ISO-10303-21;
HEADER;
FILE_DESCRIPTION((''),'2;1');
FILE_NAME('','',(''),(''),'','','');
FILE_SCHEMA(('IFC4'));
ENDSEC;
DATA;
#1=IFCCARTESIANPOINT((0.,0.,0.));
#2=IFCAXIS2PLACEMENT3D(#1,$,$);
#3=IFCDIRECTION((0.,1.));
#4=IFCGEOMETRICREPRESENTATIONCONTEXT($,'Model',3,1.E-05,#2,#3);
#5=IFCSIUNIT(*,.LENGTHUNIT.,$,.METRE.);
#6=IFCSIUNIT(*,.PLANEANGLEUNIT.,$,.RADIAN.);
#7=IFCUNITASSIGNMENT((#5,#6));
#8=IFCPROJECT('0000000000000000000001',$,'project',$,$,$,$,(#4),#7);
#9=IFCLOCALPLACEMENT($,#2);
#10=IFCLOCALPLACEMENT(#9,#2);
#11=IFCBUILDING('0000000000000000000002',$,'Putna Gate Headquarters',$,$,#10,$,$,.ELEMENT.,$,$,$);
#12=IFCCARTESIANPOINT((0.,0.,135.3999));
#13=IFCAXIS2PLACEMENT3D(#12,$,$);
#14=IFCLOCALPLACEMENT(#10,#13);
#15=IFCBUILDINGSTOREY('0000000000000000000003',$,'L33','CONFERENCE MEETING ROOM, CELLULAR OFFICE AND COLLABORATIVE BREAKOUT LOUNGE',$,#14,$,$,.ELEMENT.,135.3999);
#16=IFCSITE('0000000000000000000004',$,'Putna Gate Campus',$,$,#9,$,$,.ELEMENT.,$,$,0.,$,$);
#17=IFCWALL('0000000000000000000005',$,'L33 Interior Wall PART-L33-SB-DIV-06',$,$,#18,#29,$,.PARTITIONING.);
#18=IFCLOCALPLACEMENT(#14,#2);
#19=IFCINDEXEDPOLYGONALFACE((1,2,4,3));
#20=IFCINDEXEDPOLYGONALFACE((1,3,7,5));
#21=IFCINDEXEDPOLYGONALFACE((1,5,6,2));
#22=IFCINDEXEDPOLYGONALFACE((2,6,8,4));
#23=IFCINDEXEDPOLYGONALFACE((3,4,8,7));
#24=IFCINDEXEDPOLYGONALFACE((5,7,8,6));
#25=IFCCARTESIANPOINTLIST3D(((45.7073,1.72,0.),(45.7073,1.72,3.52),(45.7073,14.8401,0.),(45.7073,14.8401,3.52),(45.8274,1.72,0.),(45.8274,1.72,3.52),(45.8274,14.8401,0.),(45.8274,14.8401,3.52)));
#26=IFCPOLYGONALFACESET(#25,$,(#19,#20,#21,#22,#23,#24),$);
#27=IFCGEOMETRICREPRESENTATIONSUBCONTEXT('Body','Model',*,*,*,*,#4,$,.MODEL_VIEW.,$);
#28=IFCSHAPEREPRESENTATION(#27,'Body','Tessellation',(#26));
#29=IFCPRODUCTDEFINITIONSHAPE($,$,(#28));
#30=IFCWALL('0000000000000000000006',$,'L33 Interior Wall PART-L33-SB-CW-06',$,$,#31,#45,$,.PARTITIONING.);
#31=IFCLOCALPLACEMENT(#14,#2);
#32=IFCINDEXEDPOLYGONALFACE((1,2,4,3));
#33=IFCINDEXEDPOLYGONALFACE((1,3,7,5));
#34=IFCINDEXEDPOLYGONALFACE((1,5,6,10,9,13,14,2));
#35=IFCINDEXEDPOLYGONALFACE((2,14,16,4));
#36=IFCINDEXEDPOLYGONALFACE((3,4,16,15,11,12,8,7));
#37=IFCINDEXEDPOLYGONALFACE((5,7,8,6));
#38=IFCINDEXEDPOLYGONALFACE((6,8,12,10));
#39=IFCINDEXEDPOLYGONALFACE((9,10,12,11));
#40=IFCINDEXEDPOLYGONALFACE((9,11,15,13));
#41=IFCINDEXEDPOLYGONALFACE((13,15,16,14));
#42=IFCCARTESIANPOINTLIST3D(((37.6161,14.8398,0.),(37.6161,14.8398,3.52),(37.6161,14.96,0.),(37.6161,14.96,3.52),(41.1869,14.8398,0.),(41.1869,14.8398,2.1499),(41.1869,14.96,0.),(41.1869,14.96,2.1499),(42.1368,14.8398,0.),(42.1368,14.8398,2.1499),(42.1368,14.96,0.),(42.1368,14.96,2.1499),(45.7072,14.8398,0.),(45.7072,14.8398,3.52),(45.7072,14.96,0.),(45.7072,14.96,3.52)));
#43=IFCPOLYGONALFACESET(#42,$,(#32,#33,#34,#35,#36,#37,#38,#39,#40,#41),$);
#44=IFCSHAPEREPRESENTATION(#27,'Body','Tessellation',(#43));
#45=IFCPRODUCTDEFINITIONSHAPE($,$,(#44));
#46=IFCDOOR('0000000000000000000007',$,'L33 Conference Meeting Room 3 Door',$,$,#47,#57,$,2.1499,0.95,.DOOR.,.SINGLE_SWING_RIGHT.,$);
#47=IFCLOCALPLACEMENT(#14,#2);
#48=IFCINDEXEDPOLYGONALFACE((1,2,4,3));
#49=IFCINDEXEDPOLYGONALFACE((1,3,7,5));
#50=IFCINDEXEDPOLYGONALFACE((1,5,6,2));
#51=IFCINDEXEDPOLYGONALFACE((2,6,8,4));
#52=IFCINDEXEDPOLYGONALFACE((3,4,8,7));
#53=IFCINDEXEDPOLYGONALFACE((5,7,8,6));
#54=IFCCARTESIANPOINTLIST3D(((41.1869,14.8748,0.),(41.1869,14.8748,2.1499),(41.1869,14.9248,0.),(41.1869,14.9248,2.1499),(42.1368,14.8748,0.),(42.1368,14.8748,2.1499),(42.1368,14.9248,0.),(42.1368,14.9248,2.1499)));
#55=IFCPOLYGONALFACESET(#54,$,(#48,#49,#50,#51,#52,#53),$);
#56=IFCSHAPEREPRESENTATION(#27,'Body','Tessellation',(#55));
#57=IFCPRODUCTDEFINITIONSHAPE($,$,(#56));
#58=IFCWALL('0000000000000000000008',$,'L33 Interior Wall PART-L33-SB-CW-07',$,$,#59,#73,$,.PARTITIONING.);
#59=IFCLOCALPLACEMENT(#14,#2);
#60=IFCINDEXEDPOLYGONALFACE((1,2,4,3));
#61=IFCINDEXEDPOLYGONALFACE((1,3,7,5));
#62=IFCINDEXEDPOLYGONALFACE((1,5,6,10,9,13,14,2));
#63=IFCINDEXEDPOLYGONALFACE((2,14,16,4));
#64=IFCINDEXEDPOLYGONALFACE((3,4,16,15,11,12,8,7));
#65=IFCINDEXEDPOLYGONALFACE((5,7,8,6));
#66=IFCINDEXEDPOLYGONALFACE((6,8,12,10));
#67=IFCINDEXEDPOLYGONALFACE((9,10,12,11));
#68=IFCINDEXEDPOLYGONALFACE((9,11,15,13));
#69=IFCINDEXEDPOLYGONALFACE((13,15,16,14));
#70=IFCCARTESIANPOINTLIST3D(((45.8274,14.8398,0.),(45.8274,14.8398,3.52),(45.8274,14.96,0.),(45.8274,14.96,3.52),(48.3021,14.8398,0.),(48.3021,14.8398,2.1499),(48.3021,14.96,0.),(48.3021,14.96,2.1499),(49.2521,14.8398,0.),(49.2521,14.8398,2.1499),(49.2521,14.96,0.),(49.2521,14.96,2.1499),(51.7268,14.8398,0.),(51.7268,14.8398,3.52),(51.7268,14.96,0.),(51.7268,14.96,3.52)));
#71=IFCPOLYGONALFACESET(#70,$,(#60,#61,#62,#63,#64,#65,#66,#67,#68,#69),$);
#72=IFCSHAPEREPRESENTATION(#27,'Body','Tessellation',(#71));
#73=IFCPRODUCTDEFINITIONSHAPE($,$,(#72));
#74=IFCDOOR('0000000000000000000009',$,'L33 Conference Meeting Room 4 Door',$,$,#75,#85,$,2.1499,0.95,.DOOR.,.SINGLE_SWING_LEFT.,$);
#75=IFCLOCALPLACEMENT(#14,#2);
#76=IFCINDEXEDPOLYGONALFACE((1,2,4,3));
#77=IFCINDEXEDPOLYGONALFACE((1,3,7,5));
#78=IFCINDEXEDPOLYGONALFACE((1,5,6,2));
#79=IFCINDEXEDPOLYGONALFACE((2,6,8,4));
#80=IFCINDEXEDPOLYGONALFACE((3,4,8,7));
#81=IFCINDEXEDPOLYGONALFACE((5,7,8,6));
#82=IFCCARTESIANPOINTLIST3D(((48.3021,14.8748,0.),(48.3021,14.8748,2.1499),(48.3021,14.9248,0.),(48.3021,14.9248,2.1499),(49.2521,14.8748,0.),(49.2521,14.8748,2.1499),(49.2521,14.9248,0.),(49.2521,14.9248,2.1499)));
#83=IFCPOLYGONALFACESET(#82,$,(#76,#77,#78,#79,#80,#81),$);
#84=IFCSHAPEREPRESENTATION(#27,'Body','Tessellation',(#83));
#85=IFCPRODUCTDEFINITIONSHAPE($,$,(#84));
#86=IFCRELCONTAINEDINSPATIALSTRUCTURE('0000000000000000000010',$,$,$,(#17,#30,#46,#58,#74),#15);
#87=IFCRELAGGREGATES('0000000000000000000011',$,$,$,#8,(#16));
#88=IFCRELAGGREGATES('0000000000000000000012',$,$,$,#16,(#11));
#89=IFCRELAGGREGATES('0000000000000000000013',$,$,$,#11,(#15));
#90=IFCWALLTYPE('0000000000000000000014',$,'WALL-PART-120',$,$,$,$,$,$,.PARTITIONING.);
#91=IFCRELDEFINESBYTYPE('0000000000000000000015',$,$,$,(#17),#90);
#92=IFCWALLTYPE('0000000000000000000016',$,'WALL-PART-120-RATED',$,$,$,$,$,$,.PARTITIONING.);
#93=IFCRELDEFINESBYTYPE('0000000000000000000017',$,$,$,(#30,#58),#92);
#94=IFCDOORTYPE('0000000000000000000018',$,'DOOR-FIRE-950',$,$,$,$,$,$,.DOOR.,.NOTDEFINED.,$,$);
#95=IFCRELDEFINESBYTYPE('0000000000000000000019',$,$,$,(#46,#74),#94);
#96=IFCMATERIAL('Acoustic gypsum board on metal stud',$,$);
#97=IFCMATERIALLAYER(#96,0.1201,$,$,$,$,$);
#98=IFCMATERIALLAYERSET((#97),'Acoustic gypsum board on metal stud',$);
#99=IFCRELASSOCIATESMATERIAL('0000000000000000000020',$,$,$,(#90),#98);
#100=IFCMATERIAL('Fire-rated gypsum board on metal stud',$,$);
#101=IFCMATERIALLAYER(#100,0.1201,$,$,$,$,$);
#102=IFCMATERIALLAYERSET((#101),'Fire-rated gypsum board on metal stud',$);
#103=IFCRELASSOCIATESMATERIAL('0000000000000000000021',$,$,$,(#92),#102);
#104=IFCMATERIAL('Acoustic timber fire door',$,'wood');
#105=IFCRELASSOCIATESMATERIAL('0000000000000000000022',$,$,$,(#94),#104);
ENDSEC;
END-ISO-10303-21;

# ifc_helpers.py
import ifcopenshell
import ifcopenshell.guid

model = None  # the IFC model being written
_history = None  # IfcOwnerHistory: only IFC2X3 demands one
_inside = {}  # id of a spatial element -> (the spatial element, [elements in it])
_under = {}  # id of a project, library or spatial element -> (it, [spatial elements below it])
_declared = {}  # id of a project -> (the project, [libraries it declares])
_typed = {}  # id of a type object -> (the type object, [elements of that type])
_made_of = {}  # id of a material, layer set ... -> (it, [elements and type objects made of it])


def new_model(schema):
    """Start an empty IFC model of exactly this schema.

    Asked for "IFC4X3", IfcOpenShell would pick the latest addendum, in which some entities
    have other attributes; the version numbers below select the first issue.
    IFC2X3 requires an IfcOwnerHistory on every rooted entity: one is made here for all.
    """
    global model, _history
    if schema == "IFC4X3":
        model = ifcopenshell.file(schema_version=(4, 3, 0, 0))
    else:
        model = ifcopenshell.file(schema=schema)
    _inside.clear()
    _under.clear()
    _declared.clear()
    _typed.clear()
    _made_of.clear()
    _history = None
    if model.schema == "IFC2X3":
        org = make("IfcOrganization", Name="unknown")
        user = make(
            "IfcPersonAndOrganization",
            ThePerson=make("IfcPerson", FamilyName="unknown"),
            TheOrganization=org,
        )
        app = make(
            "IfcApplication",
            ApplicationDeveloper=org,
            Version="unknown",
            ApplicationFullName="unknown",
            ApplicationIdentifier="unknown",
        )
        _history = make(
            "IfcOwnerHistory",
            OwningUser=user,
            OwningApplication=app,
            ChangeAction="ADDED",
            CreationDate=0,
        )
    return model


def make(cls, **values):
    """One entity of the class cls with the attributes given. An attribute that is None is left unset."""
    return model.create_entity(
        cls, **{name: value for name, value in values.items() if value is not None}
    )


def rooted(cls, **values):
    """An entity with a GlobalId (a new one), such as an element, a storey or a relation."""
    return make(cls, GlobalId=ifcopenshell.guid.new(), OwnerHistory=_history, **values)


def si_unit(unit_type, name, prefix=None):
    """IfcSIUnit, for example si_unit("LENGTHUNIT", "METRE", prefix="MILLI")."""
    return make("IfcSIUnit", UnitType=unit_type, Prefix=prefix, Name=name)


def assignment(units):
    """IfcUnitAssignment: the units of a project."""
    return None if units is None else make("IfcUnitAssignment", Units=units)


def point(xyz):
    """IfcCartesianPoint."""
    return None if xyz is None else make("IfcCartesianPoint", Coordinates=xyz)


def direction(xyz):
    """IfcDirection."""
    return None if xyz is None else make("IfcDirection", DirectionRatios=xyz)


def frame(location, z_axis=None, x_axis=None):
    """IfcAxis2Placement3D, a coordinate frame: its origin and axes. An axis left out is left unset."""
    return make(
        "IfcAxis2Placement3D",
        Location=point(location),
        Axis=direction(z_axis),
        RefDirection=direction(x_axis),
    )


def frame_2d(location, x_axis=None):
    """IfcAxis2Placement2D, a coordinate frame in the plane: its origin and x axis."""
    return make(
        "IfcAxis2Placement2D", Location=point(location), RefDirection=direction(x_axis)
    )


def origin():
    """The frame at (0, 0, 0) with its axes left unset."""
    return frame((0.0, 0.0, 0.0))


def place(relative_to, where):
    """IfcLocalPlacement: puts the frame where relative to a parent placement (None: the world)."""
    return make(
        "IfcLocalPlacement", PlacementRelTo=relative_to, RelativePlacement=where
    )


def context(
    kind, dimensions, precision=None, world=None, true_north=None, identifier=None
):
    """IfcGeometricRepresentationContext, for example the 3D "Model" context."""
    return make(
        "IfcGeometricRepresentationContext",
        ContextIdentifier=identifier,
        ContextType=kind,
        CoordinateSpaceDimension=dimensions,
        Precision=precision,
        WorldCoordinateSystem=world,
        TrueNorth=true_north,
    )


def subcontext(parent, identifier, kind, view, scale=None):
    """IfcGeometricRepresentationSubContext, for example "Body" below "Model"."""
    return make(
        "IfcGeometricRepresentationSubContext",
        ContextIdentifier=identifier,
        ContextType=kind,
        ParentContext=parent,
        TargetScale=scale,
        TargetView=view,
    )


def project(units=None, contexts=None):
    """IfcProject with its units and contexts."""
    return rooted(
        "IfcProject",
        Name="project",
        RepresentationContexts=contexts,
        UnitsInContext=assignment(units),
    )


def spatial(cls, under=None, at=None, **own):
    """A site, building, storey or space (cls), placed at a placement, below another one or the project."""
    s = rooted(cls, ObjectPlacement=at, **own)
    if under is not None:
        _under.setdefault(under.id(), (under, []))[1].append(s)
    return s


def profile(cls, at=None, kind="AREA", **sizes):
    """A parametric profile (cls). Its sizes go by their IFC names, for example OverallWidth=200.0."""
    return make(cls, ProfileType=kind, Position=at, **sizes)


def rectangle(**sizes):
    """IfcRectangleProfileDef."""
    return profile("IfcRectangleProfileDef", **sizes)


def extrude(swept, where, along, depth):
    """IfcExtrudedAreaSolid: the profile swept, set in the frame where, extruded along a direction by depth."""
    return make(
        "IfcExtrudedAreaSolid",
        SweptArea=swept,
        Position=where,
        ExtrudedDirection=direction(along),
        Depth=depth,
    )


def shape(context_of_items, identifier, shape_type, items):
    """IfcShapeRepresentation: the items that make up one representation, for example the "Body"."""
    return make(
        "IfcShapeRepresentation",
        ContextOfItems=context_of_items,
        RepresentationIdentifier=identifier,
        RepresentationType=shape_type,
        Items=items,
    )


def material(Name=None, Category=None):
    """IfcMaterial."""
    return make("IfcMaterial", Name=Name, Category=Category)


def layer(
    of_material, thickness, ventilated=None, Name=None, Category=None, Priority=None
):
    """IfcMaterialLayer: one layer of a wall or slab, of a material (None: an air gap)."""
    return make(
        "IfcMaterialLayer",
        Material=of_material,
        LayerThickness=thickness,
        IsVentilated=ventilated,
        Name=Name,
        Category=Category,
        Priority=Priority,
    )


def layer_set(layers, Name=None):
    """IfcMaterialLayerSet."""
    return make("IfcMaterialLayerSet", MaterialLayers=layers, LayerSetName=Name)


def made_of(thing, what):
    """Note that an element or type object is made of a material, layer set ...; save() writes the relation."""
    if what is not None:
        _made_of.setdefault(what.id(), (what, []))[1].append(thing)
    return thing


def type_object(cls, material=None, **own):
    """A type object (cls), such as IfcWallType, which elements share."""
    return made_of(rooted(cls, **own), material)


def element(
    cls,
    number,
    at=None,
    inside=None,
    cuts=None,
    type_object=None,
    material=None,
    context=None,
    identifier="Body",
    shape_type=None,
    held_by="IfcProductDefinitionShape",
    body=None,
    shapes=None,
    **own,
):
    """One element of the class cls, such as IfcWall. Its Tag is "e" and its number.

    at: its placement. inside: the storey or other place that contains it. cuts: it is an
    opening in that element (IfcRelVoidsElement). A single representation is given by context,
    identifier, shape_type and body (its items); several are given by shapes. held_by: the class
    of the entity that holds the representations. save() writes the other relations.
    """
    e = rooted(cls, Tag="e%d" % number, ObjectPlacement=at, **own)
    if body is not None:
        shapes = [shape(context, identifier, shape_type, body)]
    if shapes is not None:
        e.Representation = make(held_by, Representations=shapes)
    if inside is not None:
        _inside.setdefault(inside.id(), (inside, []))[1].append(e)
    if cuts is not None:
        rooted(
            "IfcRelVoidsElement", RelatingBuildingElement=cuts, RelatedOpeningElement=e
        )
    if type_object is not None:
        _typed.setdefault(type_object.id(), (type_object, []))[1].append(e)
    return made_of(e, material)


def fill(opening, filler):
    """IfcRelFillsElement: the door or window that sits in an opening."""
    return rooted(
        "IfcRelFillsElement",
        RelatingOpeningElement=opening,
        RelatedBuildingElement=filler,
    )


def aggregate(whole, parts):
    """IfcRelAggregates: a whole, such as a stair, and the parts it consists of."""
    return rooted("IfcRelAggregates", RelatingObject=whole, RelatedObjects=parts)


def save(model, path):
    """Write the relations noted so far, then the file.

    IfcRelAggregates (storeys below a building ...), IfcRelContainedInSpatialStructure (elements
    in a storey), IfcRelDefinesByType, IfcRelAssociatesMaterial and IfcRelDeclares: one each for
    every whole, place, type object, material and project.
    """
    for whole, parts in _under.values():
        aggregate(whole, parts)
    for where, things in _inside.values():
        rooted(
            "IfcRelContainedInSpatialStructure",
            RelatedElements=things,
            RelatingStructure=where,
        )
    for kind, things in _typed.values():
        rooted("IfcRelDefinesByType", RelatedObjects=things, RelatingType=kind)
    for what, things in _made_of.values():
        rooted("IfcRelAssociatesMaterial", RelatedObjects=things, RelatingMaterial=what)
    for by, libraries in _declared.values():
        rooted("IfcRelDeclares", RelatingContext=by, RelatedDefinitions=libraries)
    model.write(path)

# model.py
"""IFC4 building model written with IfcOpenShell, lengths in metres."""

from ifc_helpers import new_model, si_unit, direction, frame, frame_2d, origin, place, context, subcontext, project, spatial, rectangle, extrude, material, layer, layer_set, type_object, element, fill, save


model = new_model("IFC4")

# Units and contexts
model_context = context("Model", 3, precision=1e-05, world=origin(), true_north=direction((0.0, 1.0)))
body_context = subcontext(model_context, "Body", "Model", "MODEL_VIEW")
ifc_project = project(units=[si_unit("LENGTHUNIT", "METRE"), si_unit("PLANEANGLEUNIT", "RADIAN")], contexts=[model_context])

# Site, building, storey
site_placement = place(None, origin())
site = spatial("IfcSite", under=ifc_project, at=site_placement, Name="Putna Gate Campus", CompositionType="ELEMENT", RefElevation=0.0)
building_placement = place(site_placement, origin())
building = spatial("IfcBuilding", under=site, at=building_placement, Name="Putna Gate Headquarters", CompositionType="ELEMENT")
storey_placement = place(building_placement, frame((0.0, 0.0, 135.3999)))
storey = spatial("IfcBuildingStorey", under=building, at=storey_placement, Name="L33", Description="CONFERENCE MEETING ROOM, CELLULAR OFFICE AND COLLABORATIVE BREAKOUT LOUNGE", CompositionType="ELEMENT", Elevation=135.3999)

# Wall
ifc_material_1 = material(Name="Acoustic gypsum board on metal stud")
ifc_layer_1 = layer(ifc_material_1, 0.1201)
ifc_layer_set_1 = layer_set([ifc_layer_1], Name="Acoustic gypsum board on metal stud")
wall_type_1 = type_object("IfcWallType", Name="WALL-PART-120", PredefinedType="PARTITIONING", material=ifc_layer_set_1)
for number, where, z_axis, x_axis, name in (
    (1, (45.7673, 1.72, 0.0), (0.0, 0.0, 1.0), (0.0, 1.0, 0.0), "L33 Interior Wall PART-L33-SB-DIV-06"),
):
    element("IfcWall", number, at=place(storey_placement, frame(where, z_axis=z_axis, x_axis=x_axis)), inside=storey, type_object=wall_type_1, Name=name, PredefinedType="PARTITIONING", context=body_context, shape_type="SweptSolid", body=[
        extrude(rectangle(XDim=13.1201, YDim=0.1201, at=frame_2d((6.5601, 0.0))), origin(), (0.0, 0.0, 1.0), 3.52),
    ])

# Walls, openings, doors
ifc_material_2 = material(Name="Fire-rated gypsum board on metal stud")
ifc_layer_2 = layer(ifc_material_2, 0.1201)
ifc_layer_set_2 = layer_set([ifc_layer_2], Name="Fire-rated gypsum board on metal stud")
wall_type_2 = type_object("IfcWallType", Name="WALL-PART-120-RATED", PredefinedType="PARTITIONING", material=ifc_layer_set_2)
wall_1_placement = place(storey_placement, frame((37.6162, 14.8999, 0.0), z_axis=(0.0, 0.0, 1.0), x_axis=(1.0, 0.0, 0.0)))
wall_1 = element("IfcWall", 2, at=wall_1_placement, inside=storey, type_object=wall_type_2, Name="L33 Interior Wall PART-L33-SB-CW-06", PredefinedType="PARTITIONING", context=body_context, shape_type="SweptSolid", body=[
    extrude(rectangle(XDim=8.0911, YDim=0.1201, at=frame_2d((4.0454, 0.0))), origin(), (0.0, 0.0, 1.0), 3.52),
])
opening_1_placement = place(wall_1_placement, frame((3.5706, 0.0, 0.0)))
opening_1 = element("IfcOpeningElement", 3, at=opening_1_placement, cuts=wall_1, PredefinedType="OPENING", context=body_context, shape_type="SweptSolid", body=[
    extrude(rectangle(XDim=0.95, YDim=2.1499, at=frame_2d((0.4751, 1.075))), frame((0.0, 0.0701, 0.0), z_axis=(0.0, -1.0, 0.0), x_axis=(1.0, 0.0, 0.0)), (0.0, 0.0, 1.0), 0.1401),
])
ifc_material_3 = material(Name="Acoustic timber fire door", Category="wood")
door_type = type_object("IfcDoorType", Name="DOOR-FIRE-950", OperationType="NOTDEFINED", PredefinedType="DOOR", material=ifc_material_3)
door_1_placement = place(opening_1_placement, origin())
door_1 = element("IfcDoor", 4, at=door_1_placement, inside=storey, type_object=door_type, Name="L33 Conference Meeting Room 3 Door", OperationType="SINGLE_SWING_RIGHT", OverallHeight=2.1499, OverallWidth=0.95, PredefinedType="DOOR", context=body_context, shape_type="SweptSolid", body=[
    extrude(rectangle(XDim=0.95, YDim=2.1499, at=frame_2d((0.4751, 1.075))), frame((0.0, 0.0249, 0.0), z_axis=(0.0, -1.0, 0.0), x_axis=(1.0, 0.0, 0.0)), (0.0, 0.0, 1.0), 0.05),
])
fill(opening_1, door_1)
wall_2_placement = place(storey_placement, frame((45.8274, 14.8999, 0.0), z_axis=(0.0, 0.0, 1.0), x_axis=(1.0, 0.0, 0.0)))
wall_2 = element("IfcWall", 5, at=wall_2_placement, inside=storey, type_object=wall_type_2, Name="L33 Interior Wall PART-L33-SB-CW-07", PredefinedType="PARTITIONING", context=body_context, shape_type="SweptSolid", body=[
    extrude(rectangle(XDim=5.8994, YDim=0.1201, at=frame_2d((2.9497, 0.0))), origin(), (0.0, 0.0, 1.0), 3.52),
])
opening_2_placement = place(wall_2_placement, frame((2.4746, 0.0, 0.0)))
opening_2 = element("IfcOpeningElement", 6, at=opening_2_placement, cuts=wall_2, PredefinedType="OPENING", context=body_context, shape_type="SweptSolid", body=[
    extrude(rectangle(XDim=0.95, YDim=2.1499, at=frame_2d((0.4751, 1.075))), frame((0.0, 0.0701, 0.0), z_axis=(0.0, -1.0, 0.0), x_axis=(1.0, 0.0, 0.0)), (0.0, 0.0, 1.0), 0.1401),
])
door_2_placement = place(opening_2_placement, origin())
door_2 = element("IfcDoor", 7, at=door_2_placement, inside=storey, type_object=door_type, Name="L33 Conference Meeting Room 4 Door", OperationType="SINGLE_SWING_LEFT", OverallHeight=2.1499, OverallWidth=0.95, PredefinedType="DOOR", context=body_context, shape_type="SweptSolid", body=[
    extrude(rectangle(XDim=0.95, YDim=2.1499, at=frame_2d((0.4751, 1.075))), frame((0.0, 0.0249, 0.0), z_axis=(0.0, -1.0, 0.0), x_axis=(1.0, 0.0, 0.0)), (0.0, 0.0, 1.0), 0.05),
])
fill(opening_2, door_2)

save(model, "model.ifc")
